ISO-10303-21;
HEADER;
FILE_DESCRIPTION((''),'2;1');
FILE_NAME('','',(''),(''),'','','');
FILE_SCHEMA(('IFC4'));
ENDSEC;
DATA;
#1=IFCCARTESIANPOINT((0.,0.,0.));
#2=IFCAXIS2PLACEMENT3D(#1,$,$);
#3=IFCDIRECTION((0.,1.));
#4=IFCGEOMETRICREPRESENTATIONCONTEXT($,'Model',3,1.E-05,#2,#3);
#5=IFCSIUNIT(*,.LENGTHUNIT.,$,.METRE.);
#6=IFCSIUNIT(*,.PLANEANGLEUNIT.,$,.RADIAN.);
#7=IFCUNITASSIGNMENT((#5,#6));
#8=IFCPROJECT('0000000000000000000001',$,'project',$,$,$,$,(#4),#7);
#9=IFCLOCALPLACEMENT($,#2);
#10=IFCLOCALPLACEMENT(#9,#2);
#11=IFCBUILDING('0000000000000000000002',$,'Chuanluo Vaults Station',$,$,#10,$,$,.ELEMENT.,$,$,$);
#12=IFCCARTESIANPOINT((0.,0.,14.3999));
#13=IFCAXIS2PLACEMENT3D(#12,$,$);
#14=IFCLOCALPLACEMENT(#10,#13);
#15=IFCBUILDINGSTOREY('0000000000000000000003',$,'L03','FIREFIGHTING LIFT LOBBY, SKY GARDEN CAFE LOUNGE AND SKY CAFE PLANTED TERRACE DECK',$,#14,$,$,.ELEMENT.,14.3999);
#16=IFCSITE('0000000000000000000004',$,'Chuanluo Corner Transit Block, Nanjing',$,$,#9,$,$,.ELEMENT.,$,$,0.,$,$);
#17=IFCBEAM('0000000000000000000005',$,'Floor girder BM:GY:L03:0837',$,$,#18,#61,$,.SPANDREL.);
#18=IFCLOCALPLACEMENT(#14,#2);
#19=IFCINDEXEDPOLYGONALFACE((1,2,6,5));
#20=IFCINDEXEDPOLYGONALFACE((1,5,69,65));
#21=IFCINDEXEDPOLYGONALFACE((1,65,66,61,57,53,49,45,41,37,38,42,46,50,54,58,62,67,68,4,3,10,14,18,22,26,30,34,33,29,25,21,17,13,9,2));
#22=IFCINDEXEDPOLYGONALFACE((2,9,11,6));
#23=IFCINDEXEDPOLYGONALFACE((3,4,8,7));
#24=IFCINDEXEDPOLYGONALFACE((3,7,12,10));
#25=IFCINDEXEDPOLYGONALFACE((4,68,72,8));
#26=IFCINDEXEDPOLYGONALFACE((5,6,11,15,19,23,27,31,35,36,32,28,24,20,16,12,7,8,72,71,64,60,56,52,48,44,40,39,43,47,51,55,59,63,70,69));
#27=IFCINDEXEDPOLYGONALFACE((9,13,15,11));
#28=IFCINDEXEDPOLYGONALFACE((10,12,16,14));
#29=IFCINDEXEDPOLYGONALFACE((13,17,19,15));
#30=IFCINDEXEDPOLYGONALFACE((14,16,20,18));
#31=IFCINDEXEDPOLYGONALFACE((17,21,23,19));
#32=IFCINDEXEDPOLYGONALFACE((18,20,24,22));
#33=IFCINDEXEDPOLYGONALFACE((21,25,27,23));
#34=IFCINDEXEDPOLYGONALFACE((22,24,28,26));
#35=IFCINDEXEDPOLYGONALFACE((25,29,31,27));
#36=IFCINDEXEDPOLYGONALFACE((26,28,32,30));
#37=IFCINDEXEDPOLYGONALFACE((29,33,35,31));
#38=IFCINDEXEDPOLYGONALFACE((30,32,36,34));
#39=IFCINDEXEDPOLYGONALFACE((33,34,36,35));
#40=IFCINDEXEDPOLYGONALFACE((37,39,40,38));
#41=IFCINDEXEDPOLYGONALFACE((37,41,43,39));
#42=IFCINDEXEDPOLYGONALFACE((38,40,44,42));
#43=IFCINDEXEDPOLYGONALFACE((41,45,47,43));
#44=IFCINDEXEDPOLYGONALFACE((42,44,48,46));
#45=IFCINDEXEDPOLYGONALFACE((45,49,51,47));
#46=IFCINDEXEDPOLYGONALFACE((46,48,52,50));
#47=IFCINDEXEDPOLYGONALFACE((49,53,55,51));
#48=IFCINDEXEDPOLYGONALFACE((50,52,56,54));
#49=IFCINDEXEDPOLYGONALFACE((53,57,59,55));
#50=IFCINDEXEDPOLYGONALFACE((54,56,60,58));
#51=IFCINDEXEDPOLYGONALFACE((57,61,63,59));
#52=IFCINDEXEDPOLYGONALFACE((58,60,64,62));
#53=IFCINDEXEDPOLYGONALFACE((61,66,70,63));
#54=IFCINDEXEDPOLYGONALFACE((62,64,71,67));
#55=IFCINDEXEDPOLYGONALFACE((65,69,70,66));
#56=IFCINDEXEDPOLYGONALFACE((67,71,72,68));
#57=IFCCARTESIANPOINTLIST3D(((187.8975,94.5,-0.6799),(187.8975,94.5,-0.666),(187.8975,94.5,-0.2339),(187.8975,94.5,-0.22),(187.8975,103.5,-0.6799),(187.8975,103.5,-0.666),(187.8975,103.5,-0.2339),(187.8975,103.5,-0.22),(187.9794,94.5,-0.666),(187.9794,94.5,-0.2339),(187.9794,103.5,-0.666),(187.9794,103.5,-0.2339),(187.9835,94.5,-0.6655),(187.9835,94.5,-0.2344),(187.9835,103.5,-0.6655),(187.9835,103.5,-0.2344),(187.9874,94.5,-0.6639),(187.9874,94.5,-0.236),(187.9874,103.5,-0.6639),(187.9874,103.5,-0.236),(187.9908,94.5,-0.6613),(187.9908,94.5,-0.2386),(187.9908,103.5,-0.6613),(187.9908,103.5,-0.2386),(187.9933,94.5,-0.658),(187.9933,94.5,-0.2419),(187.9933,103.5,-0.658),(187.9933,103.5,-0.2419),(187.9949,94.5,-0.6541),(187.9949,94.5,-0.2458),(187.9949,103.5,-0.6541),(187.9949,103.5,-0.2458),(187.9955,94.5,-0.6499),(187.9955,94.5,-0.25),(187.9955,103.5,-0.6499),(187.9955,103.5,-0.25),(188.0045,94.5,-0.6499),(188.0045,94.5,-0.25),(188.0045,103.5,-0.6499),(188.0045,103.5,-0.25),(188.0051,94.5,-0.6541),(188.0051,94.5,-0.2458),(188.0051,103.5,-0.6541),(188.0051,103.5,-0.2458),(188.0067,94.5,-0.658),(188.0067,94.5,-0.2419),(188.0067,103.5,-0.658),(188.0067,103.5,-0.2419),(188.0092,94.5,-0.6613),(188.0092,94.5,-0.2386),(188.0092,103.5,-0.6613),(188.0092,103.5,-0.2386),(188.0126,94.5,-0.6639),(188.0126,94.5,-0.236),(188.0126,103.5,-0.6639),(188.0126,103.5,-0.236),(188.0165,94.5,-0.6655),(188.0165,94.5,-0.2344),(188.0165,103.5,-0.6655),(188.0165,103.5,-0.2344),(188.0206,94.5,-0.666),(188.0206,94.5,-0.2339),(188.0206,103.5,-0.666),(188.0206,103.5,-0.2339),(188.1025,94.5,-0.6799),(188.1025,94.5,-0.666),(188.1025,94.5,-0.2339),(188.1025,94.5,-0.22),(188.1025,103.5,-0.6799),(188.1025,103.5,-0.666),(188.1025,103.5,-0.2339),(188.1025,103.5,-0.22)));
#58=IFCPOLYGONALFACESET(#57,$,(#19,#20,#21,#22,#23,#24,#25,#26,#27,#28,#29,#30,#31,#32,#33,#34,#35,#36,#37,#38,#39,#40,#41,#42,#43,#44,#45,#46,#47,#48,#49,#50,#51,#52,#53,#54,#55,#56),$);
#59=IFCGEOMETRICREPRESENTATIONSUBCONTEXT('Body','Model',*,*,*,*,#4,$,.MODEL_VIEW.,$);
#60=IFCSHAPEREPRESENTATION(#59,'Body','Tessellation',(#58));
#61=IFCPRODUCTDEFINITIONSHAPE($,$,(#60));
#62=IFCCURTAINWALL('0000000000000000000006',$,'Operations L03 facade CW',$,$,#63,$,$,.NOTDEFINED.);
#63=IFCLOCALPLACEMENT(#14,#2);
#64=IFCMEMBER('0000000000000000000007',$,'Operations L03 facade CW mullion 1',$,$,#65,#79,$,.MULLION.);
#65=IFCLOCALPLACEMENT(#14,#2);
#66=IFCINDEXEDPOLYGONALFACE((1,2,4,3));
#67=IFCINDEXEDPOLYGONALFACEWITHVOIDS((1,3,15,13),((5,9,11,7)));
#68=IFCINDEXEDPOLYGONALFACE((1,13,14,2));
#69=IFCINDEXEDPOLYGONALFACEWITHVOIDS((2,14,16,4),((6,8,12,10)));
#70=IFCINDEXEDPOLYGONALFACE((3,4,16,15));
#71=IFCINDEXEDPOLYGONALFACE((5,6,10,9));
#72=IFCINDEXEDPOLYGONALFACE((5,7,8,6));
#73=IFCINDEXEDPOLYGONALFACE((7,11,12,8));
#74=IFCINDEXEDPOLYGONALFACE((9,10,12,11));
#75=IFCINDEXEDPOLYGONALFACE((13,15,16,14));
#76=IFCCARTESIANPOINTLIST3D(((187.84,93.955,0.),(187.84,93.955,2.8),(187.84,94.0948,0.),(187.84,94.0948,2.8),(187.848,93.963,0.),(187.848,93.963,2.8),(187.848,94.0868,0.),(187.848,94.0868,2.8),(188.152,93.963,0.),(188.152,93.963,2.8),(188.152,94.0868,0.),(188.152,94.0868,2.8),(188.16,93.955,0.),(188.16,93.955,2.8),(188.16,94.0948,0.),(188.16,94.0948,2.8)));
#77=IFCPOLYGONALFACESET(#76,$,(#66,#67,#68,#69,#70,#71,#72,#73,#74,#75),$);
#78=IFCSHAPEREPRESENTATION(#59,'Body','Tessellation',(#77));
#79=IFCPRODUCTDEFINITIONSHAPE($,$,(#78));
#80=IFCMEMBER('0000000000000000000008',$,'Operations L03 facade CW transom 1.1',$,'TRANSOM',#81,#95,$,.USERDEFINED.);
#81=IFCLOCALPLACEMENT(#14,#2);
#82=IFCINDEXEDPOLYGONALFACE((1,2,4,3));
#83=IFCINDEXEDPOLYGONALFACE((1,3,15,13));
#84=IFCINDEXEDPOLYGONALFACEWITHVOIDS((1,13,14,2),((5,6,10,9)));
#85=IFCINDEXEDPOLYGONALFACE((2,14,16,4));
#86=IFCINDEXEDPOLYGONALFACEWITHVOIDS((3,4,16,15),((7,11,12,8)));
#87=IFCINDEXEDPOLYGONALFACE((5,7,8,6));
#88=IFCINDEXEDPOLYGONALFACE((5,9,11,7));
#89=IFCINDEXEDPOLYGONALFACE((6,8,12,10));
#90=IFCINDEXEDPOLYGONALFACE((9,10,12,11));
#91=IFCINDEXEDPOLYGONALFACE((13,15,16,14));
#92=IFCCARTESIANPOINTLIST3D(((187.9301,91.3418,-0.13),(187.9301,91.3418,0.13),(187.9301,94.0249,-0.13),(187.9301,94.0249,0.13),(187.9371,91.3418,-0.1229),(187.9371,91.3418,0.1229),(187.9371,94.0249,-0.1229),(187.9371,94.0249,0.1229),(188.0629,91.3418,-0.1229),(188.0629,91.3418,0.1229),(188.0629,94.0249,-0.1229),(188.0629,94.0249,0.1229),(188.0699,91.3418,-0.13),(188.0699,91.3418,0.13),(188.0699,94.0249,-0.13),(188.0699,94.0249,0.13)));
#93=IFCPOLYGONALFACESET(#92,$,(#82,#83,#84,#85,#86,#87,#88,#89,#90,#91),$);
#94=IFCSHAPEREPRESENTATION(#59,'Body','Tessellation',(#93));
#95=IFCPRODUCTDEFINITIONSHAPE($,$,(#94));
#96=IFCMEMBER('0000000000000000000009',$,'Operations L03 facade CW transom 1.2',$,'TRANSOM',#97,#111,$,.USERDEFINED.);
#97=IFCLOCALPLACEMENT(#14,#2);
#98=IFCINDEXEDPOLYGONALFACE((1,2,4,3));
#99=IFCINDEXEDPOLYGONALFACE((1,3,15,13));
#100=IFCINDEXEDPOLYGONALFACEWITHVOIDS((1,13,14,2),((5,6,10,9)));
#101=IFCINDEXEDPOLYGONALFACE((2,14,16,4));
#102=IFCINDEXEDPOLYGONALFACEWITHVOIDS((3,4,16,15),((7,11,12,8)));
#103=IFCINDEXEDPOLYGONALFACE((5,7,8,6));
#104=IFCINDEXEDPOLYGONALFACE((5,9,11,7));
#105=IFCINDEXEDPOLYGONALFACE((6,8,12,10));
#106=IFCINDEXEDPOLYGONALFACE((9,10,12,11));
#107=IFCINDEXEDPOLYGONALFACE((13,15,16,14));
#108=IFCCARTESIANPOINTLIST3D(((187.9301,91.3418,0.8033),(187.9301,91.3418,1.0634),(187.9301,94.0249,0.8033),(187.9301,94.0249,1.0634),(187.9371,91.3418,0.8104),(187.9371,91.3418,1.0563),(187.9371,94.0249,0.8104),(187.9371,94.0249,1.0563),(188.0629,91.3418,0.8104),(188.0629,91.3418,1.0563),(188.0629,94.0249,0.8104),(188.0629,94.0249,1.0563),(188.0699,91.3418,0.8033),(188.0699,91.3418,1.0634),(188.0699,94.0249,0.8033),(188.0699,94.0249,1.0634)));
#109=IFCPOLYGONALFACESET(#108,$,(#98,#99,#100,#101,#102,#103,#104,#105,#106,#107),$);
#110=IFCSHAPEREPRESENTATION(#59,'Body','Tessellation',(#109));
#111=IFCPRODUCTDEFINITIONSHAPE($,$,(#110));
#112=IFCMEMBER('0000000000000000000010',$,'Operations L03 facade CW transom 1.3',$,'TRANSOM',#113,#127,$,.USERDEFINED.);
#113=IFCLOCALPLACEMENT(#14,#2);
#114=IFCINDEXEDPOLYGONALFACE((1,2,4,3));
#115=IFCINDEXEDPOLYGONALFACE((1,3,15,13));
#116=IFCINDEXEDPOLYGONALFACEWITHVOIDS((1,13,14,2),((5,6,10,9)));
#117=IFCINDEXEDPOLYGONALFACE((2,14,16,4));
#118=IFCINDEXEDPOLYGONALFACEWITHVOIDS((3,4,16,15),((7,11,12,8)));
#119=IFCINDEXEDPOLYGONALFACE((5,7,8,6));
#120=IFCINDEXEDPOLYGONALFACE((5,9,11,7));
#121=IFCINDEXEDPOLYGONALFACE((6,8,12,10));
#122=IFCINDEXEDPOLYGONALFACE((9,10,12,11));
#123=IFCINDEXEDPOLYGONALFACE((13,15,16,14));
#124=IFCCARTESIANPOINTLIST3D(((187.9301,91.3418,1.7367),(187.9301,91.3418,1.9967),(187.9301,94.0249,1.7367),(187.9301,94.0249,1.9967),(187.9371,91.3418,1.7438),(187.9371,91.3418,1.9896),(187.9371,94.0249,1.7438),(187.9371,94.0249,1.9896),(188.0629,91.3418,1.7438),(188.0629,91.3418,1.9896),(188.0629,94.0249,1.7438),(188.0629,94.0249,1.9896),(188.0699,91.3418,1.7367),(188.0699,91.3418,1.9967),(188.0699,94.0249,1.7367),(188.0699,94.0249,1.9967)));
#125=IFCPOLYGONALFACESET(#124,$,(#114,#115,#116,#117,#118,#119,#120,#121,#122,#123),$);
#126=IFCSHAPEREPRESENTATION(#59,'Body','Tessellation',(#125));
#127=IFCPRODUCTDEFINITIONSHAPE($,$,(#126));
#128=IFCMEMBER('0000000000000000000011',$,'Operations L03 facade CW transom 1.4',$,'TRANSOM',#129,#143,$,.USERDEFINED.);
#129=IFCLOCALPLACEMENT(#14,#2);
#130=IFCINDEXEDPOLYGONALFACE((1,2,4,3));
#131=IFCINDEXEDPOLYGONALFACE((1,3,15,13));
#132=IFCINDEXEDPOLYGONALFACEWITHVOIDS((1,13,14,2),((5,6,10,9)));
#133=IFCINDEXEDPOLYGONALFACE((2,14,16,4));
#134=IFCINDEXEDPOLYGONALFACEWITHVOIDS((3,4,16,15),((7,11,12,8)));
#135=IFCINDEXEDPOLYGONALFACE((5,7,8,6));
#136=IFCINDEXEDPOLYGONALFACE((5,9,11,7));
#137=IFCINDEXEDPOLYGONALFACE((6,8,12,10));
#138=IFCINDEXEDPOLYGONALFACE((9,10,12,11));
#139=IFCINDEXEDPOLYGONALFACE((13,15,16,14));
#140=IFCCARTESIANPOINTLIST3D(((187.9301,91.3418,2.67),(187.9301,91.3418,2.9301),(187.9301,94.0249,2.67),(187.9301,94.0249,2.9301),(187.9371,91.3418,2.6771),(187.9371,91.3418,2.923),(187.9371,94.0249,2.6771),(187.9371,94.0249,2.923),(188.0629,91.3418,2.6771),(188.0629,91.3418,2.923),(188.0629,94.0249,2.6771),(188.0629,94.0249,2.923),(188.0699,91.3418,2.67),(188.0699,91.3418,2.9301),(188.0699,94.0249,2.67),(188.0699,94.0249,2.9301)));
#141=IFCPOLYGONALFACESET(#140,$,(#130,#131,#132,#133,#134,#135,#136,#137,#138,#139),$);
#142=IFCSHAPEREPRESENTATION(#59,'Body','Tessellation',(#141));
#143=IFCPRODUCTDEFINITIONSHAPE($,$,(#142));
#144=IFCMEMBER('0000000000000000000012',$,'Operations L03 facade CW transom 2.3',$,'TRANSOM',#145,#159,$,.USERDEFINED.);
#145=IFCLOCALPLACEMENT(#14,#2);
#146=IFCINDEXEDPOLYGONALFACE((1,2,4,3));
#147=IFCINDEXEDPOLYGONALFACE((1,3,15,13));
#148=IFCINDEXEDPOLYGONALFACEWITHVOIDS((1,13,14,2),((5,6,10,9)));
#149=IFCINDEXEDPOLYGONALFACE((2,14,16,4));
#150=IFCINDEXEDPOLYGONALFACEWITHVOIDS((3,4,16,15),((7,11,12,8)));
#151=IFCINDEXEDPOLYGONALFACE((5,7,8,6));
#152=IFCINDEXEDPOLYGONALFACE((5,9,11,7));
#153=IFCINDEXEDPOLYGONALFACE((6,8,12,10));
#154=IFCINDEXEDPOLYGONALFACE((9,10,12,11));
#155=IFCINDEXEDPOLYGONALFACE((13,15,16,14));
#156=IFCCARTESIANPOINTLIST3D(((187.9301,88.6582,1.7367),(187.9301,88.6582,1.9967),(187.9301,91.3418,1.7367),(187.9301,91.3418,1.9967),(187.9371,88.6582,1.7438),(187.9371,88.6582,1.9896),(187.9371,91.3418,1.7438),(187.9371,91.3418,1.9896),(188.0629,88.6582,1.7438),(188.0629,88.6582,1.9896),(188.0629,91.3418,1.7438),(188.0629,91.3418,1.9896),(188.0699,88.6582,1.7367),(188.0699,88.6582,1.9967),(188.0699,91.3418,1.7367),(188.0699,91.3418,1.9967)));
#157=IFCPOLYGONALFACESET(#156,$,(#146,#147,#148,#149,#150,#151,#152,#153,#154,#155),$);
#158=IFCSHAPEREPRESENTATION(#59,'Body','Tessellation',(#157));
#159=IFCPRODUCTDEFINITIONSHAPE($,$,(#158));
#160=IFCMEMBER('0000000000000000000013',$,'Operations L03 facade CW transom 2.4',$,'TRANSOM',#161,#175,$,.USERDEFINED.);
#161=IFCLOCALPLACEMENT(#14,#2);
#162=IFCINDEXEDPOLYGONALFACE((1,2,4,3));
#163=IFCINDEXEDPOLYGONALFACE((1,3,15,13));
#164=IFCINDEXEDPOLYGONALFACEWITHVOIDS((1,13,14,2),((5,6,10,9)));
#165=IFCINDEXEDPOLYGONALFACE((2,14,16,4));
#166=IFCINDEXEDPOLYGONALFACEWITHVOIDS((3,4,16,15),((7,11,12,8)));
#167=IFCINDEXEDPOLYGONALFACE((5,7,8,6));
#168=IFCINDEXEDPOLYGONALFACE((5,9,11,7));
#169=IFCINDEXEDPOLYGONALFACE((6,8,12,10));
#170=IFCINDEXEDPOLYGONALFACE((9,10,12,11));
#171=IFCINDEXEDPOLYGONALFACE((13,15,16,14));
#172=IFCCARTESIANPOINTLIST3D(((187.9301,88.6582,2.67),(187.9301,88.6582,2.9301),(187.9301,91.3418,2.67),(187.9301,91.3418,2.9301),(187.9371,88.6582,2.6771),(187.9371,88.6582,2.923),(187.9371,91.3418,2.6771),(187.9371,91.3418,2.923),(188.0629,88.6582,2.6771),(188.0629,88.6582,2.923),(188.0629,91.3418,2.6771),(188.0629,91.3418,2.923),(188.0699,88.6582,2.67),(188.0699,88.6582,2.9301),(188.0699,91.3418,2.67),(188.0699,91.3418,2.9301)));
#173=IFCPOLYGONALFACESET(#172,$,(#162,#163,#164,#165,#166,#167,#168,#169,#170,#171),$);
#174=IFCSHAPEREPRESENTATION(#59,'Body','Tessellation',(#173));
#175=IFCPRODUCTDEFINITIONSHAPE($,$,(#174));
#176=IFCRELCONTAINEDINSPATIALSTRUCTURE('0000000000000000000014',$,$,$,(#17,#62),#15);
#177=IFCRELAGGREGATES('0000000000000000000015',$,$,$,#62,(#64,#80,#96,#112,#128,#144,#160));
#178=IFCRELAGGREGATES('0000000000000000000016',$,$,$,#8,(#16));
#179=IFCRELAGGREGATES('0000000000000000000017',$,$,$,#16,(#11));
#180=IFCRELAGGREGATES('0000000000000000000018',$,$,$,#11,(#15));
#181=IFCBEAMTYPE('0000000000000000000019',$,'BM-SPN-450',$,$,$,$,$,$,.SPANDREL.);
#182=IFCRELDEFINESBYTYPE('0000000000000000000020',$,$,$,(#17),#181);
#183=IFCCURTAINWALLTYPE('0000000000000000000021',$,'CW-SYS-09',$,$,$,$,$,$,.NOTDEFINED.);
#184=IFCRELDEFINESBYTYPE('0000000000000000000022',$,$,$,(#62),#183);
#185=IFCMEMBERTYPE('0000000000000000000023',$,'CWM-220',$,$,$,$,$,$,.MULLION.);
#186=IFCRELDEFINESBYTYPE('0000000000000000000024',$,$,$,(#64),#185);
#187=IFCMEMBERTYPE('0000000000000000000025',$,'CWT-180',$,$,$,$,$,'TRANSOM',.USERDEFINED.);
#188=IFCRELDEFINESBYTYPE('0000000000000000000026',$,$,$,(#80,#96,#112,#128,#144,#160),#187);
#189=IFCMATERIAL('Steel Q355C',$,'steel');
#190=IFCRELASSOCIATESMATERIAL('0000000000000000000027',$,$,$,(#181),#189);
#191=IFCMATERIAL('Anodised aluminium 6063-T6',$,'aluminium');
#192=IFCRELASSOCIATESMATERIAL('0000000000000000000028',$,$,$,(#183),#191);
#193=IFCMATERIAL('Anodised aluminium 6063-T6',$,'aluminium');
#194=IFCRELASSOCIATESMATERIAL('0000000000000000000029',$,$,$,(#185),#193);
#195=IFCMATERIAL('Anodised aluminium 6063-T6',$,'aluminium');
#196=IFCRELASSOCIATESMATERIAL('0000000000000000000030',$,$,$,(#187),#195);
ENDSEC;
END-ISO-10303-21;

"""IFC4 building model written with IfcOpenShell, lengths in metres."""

from ifc_helpers import new_model, si_unit, direction, frame, origin, origin_2d, place, context, subcontext, project, spatial, hollow_rectangle, i_section, extrude, material, material_profile, profile_set, type_object, element, aggregate, save


model = new_model("IFC4")

# Units and contexts
model_context = context("Model", 3, precision=1e-05, world=origin(), true_north=direction((0.0, 1.0)))
body_context = subcontext(model_context, "Body", "Model", "MODEL_VIEW")
ifc_project = project(units=[si_unit("LENGTHUNIT", "METRE"), si_unit("PLANEANGLEUNIT", "RADIAN")], contexts=[model_context])

# Site, building, storey
site_placement = place(None, origin())
site = spatial("IfcSite", under=ifc_project, at=site_placement, Name="Chuanluo Corner Transit Block, Nanjing", CompositionType="ELEMENT", RefElevation=0.0)
building_placement = place(site_placement, origin())
building = spatial("IfcBuilding", under=site, at=building_placement, Name="Chuanluo Vaults Station", CompositionType="ELEMENT")
storey_placement = place(building_placement, frame((0.0, 0.0, 14.3999)))
storey = spatial("IfcBuildingStorey", under=building, at=storey_placement, Name="L03", Description="FIREFIGHTING LIFT LOBBY, SKY GARDEN CAFE LOUNGE AND SKY CAFE PLANTED TERRACE DECK", CompositionType="ELEMENT", Elevation=14.3999)

# Beam
ifc_material_1 = material(Name="Steel Q355C", Category="steel")
ifc_material_profile_1 = material_profile(ifc_material_1, i_section(OverallWidth=0.2051, OverallDepth=0.46, WebThickness=0.009, FlangeThickness=0.0139, FilletRadius=0.0161, at=origin_2d()))
ifc_profile_set_1 = profile_set([ifc_material_profile_1], Name="Steel Q355C")
beam_type_1 = type_object("IfcBeamType", Name="BM-SPN-450", PredefinedType="SPANDREL", material=ifc_profile_set_1)
beam_1_placement = place(storey_placement, frame((188.0, 94.5, -0.45), z_axis=(0.0, 1.0, 0.0), x_axis=(-1.0, 0.0, 0.0)))
element("IfcBeam", 1, at=beam_1_placement, inside=storey, type_object=beam_type_1, Name="Floor girder BM:GY:L03:0837", PredefinedType="SPANDREL", context=body_context, shape_type="SweptSolid", body=[
    extrude(i_section(OverallWidth=0.2051, OverallDepth=0.46, WebThickness=0.009, FlangeThickness=0.0139, FilletRadius=0.0161, at=origin_2d()), origin(), (0.0, 0.0, 1.0), 9.0),
])

# Curtain wall, members
ifc_material_2 = material(Name="Anodised aluminium 6063-T6", Category="aluminium")
curtain_wall_type = type_object("IfcCurtainWallType", Name="CW-SYS-09", PredefinedType="NOTDEFINED", material=ifc_material_2)
curtain_wall_placement = place(storey_placement, origin())
curtain_wall = element("IfcCurtainWall", 2, at=curtain_wall_placement, inside=storey, type_object=curtain_wall_type, Name="Operations L03 facade CW", PredefinedType="NOTDEFINED")
ifc_material_3 = material(Name="Anodised aluminium 6063-T6", Category="aluminium")
ifc_material_profile_2 = material_profile(ifc_material_3, hollow_rectangle(XDim=0.1399, YDim=0.3201, WallThickness=0.0081, at=origin_2d()))
ifc_profile_set_2 = profile_set([ifc_material_profile_2], Name="Anodised aluminium 6063-T6")
member_type_1 = type_object("IfcMemberType", Name="CWM-220", PredefinedType="MULLION", material=ifc_profile_set_2)
member_1_placement = place(storey_placement, frame((188.0, 94.0249, 0.0), z_axis=(0.0, 0.0, 1.0), x_axis=(0.0, -1.0, 0.0)))
member_1 = element("IfcMember", 3, at=member_1_placement, type_object=member_type_1, Name="Operations L03 facade CW mullion 1", PredefinedType="MULLION", context=body_context, shape_type="SweptSolid", body=[
    extrude(hollow_rectangle(XDim=0.1399, YDim=0.3201, WallThickness=0.0081, at=origin_2d()), origin(), (0.0, 0.0, 1.0), 2.8),
])
ifc_material_4 = material(Name="Anodised aluminium 6063-T6", Category="aluminium")
ifc_material_profile_3 = material_profile(ifc_material_4, hollow_rectangle(XDim=0.1399, YDim=0.26, WallThickness=0.0071, at=origin_2d()))
ifc_profile_set_3 = profile_set([ifc_material_profile_3], Name="Anodised aluminium 6063-T6")
member_type_2 = type_object("IfcMemberType", Name="CWT-180", ElementType="TRANSOM", PredefinedType="USERDEFINED", material=ifc_profile_set_3)
member_2_placement = place(storey_placement, frame((188.0, 94.0249, 0.0), z_axis=(0.0, -1.0, 0.0), x_axis=(1.0, 0.0, 0.0)))
member_2 = element("IfcMember", 4, at=member_2_placement, type_object=member_type_2, Name="Operations L03 facade CW transom 1.1", ObjectType="TRANSOM", PredefinedType="USERDEFINED", context=body_context, shape_type="SweptSolid", body=[
    extrude(hollow_rectangle(XDim=0.1399, YDim=0.26, WallThickness=0.0071, at=origin_2d()), origin(), (0.0, 0.0, 1.0), 2.6831),
])
member_3_placement = place(storey_placement, frame((188.0, 94.0249, 0.9333), z_axis=(0.0, -1.0, 0.0), x_axis=(1.0, 0.0, 0.0)))
member_3 = element("IfcMember", 5, at=member_3_placement, type_object=member_type_2, Name="Operations L03 facade CW transom 1.2", ObjectType="TRANSOM", PredefinedType="USERDEFINED", context=body_context, shape_type="SweptSolid", body=[
    extrude(hollow_rectangle(XDim=0.1399, YDim=0.26, WallThickness=0.0071, at=origin_2d()), origin(), (0.0, 0.0, 1.0), 2.6831),
])
member_4_placement = place(storey_placement, frame((188.0, 94.0249, 1.8667), z_axis=(0.0, -1.0, 0.0), x_axis=(1.0, 0.0, 0.0)))
member_4 = element("IfcMember", 6, at=member_4_placement, type_object=member_type_2, Name="Operations L03 facade CW transom 1.3", ObjectType="TRANSOM", PredefinedType="USERDEFINED", context=body_context, shape_type="SweptSolid", body=[
    extrude(hollow_rectangle(XDim=0.1399, YDim=0.26, WallThickness=0.0071, at=origin_2d()), origin(), (0.0, 0.0, 1.0), 2.6831),
])
member_5_placement = place(storey_placement, frame((188.0, 94.0249, 2.8), z_axis=(0.0, -1.0, 0.0), x_axis=(1.0, 0.0, 0.0)))
member_5 = element("IfcMember", 7, at=member_5_placement, type_object=member_type_2, Name="Operations L03 facade CW transom 1.4", ObjectType="TRANSOM", PredefinedType="USERDEFINED", context=body_context, shape_type="SweptSolid", body=[
    extrude(hollow_rectangle(XDim=0.1399, YDim=0.26, WallThickness=0.0071, at=origin_2d()), origin(), (0.0, 0.0, 1.0), 2.6831),
])
member_6_placement = place(storey_placement, frame((188.0, 91.3418, 1.8667), z_axis=(0.0, -1.0, 0.0), x_axis=(1.0, 0.0, 0.0)))
member_6 = element("IfcMember", 8, at=member_6_placement, type_object=member_type_2, Name="Operations L03 facade CW transom 2.3", ObjectType="TRANSOM", PredefinedType="USERDEFINED", context=body_context, shape_type="SweptSolid", body=[
    extrude(hollow_rectangle(XDim=0.1399, YDim=0.26, WallThickness=0.0071, at=origin_2d()), origin(), (0.0, 0.0, 1.0), 2.6836),
])
member_7_placement = place(storey_placement, frame((188.0, 91.3418, 2.8), z_axis=(0.0, -1.0, 0.0), x_axis=(1.0, 0.0, 0.0)))
member_7 = element("IfcMember", 9, at=member_7_placement, type_object=member_type_2, Name="Operations L03 facade CW transom 2.4", ObjectType="TRANSOM", PredefinedType="USERDEFINED", context=body_context, shape_type="SweptSolid", body=[
    extrude(hollow_rectangle(XDim=0.1399, YDim=0.26, WallThickness=0.0071, at=origin_2d()), origin(), (0.0, 0.0, 1.0), 2.6836),
])

aggregate(curtain_wall, [member_1, member_2, member_3, member_4, member_5, member_6, member_7])

save(model, "model.ifc")
